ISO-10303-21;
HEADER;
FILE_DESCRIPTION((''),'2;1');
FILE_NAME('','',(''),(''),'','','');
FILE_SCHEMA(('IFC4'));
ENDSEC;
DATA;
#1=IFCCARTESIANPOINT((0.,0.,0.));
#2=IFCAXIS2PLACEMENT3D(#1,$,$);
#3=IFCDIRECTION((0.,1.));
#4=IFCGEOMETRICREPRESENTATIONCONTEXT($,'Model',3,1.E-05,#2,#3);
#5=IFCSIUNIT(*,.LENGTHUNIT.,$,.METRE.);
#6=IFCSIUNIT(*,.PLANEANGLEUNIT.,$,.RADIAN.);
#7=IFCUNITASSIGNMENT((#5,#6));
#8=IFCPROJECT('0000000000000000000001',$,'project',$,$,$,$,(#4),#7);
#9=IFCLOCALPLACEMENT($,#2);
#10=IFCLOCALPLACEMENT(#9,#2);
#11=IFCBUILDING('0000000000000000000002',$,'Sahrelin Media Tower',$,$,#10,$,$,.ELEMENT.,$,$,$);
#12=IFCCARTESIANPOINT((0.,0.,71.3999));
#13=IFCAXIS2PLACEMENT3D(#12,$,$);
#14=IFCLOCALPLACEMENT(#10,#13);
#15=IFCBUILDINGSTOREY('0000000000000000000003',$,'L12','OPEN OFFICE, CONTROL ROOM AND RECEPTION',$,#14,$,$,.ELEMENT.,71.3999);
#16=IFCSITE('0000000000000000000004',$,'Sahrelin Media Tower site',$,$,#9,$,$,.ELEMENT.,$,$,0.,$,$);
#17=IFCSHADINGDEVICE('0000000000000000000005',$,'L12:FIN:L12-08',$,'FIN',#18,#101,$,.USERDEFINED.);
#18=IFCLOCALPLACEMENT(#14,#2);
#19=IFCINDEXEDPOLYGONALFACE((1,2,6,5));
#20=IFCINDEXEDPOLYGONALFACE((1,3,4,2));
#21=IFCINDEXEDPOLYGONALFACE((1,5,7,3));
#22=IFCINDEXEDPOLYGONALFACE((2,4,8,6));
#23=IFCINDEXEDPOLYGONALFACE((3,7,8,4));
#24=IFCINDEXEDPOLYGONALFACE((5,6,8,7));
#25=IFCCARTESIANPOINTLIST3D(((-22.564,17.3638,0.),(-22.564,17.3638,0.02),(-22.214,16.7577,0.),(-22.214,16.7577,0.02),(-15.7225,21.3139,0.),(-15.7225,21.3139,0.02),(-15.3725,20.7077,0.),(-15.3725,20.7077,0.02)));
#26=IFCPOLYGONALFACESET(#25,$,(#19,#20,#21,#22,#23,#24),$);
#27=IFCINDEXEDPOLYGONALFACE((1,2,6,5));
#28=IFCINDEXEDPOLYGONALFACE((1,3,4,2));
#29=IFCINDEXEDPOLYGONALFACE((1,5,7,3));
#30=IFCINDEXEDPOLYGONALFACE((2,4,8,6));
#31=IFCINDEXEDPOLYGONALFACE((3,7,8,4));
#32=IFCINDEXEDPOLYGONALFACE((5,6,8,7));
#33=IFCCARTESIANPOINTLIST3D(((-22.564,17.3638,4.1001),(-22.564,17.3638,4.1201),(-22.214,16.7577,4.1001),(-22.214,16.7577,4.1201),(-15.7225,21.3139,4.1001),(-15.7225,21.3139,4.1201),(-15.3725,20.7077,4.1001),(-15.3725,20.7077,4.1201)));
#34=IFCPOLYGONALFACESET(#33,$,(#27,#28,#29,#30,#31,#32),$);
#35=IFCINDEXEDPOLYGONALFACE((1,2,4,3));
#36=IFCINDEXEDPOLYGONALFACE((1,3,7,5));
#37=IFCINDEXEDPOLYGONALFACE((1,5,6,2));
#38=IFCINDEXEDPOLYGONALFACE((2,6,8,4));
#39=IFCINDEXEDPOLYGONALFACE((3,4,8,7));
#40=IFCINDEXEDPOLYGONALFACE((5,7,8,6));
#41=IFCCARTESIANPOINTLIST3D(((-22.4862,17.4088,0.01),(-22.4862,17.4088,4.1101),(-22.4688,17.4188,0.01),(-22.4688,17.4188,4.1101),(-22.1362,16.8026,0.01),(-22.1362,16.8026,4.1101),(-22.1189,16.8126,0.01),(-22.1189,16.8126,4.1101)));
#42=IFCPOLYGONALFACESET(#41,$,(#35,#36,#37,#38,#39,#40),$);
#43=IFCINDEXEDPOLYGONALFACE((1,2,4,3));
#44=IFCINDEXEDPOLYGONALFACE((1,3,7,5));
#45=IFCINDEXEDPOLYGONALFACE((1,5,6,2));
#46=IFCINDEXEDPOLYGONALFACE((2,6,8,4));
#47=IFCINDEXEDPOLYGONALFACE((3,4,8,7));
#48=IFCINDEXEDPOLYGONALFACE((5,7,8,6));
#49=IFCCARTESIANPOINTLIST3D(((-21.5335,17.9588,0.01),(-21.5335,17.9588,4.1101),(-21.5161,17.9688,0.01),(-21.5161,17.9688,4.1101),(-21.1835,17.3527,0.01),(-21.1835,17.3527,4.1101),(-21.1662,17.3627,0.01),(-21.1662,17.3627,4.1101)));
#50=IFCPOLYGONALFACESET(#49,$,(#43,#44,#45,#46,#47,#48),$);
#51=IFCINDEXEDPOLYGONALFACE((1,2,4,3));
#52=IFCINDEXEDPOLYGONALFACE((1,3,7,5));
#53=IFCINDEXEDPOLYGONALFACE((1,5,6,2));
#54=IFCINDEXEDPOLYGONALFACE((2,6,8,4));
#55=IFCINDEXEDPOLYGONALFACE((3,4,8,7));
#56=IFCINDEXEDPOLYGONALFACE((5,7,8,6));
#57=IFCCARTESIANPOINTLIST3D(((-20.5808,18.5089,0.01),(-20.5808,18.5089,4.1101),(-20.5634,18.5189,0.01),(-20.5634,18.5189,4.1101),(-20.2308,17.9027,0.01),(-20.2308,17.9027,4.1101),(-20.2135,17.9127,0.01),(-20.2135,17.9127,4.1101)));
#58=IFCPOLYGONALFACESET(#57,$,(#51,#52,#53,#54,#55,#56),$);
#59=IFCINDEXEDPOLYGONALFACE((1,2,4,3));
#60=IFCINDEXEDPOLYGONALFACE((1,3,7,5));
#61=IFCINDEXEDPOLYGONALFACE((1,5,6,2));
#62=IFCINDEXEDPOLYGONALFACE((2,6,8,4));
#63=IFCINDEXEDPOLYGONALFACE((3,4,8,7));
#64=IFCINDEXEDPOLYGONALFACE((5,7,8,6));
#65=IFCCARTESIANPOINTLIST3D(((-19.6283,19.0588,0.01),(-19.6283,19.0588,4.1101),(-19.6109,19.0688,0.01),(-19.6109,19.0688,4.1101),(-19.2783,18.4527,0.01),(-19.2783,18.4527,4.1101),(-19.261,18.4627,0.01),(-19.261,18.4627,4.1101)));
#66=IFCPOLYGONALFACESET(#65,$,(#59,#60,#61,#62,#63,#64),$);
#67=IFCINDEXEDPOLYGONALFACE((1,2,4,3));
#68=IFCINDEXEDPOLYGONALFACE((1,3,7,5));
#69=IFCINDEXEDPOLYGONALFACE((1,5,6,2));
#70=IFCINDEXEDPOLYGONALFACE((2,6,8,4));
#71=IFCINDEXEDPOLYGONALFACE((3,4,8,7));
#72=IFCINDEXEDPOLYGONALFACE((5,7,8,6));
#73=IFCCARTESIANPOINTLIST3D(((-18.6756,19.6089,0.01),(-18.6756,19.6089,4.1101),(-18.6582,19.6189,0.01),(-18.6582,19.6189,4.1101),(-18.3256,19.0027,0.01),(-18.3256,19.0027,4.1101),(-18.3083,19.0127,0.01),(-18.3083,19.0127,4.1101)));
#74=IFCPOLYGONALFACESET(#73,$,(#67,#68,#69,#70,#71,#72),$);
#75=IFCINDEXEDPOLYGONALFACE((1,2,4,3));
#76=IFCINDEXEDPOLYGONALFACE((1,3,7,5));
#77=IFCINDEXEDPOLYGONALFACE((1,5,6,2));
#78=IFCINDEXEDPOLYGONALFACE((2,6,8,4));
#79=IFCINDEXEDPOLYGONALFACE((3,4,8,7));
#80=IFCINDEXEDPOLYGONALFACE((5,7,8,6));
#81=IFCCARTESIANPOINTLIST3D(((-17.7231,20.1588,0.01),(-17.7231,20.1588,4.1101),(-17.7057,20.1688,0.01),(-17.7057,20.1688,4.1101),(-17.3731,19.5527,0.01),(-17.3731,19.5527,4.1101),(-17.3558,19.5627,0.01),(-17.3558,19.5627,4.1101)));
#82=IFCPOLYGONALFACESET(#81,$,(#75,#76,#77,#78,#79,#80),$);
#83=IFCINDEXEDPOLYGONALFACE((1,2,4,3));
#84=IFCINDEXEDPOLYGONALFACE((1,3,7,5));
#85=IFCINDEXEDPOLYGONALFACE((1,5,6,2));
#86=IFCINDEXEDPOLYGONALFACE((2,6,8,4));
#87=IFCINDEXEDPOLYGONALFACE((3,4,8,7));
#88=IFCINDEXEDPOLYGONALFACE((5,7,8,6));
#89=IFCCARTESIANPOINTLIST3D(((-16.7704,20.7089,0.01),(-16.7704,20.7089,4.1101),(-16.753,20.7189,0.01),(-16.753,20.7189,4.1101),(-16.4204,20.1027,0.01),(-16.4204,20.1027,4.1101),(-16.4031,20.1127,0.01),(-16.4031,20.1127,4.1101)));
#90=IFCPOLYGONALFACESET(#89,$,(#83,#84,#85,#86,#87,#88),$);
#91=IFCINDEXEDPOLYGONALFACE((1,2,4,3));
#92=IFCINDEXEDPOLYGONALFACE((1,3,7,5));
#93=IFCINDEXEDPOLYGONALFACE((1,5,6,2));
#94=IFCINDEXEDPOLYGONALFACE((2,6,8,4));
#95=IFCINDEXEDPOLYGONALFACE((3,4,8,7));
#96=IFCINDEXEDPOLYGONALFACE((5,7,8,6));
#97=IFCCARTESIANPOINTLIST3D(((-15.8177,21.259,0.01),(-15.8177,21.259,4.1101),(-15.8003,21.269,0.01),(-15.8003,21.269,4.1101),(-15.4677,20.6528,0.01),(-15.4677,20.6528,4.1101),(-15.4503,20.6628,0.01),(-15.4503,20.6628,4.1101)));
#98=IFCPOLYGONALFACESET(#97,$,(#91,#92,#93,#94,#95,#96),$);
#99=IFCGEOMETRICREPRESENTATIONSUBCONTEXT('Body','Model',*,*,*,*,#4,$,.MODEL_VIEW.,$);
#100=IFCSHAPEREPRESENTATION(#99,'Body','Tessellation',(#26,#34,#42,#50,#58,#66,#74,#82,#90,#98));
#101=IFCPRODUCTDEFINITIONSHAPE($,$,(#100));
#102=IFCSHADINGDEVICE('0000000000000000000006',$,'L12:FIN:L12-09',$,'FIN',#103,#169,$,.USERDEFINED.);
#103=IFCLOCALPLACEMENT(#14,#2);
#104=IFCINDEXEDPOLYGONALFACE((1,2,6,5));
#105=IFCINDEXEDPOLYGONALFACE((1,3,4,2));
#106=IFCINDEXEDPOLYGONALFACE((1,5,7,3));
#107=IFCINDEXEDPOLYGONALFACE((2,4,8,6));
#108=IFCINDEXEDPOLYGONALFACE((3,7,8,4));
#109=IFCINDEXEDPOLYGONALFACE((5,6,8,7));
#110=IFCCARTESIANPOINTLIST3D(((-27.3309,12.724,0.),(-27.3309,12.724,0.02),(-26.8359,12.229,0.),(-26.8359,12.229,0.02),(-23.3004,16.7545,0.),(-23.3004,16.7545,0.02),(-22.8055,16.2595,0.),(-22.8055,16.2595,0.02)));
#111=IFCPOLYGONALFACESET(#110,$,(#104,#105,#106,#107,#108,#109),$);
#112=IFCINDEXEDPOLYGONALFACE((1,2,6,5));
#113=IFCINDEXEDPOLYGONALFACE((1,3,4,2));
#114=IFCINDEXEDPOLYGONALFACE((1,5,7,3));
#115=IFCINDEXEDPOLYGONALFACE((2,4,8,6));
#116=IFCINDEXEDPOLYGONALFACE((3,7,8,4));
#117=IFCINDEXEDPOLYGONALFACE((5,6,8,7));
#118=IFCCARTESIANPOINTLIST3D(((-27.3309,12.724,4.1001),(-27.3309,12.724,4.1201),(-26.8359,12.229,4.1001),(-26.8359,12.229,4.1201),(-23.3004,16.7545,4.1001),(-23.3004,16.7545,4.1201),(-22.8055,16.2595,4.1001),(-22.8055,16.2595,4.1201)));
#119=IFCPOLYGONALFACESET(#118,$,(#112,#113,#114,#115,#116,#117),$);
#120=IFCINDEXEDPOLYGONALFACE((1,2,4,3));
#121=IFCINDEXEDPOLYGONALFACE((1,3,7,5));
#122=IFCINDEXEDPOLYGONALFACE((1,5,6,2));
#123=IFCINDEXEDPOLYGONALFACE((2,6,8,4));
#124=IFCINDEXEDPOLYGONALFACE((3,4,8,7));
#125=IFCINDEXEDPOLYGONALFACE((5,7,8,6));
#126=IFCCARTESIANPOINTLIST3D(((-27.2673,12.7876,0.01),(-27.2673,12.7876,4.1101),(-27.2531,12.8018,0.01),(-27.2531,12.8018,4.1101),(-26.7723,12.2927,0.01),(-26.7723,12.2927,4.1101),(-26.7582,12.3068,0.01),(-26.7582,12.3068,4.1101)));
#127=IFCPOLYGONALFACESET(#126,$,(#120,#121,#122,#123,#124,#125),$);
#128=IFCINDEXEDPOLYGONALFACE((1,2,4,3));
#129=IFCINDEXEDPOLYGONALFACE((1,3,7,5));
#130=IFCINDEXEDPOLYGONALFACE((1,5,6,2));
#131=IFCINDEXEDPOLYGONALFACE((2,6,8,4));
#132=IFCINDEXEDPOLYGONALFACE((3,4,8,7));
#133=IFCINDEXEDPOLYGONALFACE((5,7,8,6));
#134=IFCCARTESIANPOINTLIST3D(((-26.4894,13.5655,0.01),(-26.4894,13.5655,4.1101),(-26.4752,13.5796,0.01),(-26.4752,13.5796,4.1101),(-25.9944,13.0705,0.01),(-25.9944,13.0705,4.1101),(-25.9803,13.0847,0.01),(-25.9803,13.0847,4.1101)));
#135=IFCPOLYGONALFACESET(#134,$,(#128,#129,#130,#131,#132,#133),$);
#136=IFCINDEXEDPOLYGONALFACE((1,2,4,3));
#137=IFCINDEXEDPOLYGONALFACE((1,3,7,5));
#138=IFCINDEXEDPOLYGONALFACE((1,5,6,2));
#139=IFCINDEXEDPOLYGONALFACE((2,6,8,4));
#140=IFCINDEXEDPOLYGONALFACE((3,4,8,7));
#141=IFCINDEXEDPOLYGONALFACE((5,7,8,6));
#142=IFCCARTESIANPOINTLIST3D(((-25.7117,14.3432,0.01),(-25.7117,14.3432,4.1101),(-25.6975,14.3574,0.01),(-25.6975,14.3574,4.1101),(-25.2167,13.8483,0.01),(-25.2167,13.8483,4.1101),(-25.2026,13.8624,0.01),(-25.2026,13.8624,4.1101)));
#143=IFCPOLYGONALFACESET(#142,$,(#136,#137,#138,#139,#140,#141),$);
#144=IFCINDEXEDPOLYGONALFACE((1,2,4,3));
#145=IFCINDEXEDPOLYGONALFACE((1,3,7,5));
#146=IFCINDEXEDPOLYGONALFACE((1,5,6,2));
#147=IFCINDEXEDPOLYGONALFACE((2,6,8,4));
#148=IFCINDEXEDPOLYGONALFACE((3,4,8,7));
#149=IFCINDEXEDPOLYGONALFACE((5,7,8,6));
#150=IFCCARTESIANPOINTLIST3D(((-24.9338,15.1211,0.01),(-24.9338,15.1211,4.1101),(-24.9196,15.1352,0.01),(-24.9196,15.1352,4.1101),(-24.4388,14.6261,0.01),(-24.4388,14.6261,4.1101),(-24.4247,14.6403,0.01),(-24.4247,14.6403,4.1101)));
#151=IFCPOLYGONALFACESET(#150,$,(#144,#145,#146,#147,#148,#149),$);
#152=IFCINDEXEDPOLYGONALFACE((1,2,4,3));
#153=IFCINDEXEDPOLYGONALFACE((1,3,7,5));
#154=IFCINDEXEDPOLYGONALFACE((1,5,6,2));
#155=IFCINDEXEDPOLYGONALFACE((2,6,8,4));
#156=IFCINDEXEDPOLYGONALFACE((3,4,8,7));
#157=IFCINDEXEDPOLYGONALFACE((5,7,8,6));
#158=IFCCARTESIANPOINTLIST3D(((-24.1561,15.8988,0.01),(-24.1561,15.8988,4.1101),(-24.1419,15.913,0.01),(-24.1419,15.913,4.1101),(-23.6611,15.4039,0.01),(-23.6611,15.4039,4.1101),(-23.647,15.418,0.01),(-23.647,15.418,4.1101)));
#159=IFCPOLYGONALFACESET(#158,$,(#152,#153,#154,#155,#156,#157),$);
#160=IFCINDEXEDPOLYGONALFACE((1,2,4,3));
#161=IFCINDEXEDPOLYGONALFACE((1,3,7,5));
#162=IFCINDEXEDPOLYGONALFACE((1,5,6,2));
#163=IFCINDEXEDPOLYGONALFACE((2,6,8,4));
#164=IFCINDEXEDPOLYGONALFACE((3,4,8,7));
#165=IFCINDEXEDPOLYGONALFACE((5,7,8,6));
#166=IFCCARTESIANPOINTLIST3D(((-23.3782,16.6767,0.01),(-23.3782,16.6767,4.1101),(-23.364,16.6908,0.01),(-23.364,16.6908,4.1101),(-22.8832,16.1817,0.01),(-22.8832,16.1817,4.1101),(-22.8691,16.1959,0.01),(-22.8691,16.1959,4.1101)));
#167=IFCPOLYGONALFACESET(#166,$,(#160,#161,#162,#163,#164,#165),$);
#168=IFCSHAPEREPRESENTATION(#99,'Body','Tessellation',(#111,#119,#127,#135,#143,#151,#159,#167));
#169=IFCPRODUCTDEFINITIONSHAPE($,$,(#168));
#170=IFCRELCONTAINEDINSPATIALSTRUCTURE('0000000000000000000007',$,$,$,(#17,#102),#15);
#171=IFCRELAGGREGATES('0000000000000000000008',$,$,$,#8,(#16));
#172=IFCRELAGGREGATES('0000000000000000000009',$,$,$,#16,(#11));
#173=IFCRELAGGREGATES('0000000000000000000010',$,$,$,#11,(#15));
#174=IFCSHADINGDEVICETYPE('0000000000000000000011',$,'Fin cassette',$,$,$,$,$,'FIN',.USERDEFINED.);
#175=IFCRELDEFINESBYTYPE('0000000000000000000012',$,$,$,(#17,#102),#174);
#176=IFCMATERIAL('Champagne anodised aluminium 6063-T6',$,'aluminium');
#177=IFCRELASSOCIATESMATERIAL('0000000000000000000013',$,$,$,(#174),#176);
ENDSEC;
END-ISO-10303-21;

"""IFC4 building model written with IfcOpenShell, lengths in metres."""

from ifc_helpers import new_model, si_unit, direction, frame, origin, origin_2d, place, context, subcontext, project, spatial, rectangle, extrude, material, type_object, element, save


model = new_model("IFC4")

# Units and contexts
model_context = context("Model", 3, precision=1e-05, world=origin(), true_north=direction((0.0, 1.0)))
body_context = subcontext(model_context, "Body", "Model", "MODEL_VIEW")
ifc_project = project(units=[si_unit("LENGTHUNIT", "METRE"), si_unit("PLANEANGLEUNIT", "RADIAN")], contexts=[model_context])

# Site, building, storey
site_placement = place(None, origin())
site = spatial("IfcSite", under=ifc_project, at=site_placement, Name="Sahrelin Media Tower site", CompositionType="ELEMENT", RefElevation=0.0)
building_placement = place(site_placement, origin())
building = spatial("IfcBuilding", under=site, at=building_placement, Name="Sahrelin Media Tower", CompositionType="ELEMENT")
storey_placement = place(building_placement, frame((0.0, 0.0, 71.3999)))
storey = spatial("IfcBuildingStorey", under=building, at=storey_placement, Name="L12", Description="OPEN OFFICE, CONTROL ROOM AND RECEPTION", CompositionType="ELEMENT", Elevation=71.3999)

# Shared definitions
ifc_material_1 = material(Name="Champagne anodised aluminium 6063-T6", Category="aluminium")

# Shading devices
shading_device_type_1 = type_object("IfcShadingDeviceType", Name="Fin cassette", ElementType="FIN", PredefinedType="USERDEFINED", material=ifc_material_1)
placement_1 = place(storey_placement, frame((-18.7583, 18.6721, 0.0), z_axis=(0.0, 0.0, 1.0), x_axis=(0.866019, 0.500011, 0.0)))
element("IfcShadingDevice", 1, at=placement_1, inside=storey, type_object=shading_device_type_1, Name="L12:FIN:L12-08", ObjectType="FIN", PredefinedType="USERDEFINED", context=body_context, shape_type="SweptSolid", body=[
    extrude(rectangle(XDim=7.8999, YDim=0.7, at=origin_2d()), frame((0.0, 0.4199, 0.0)), (0.0, 0.0, 1.0), 0.02),
    extrude(rectangle(XDim=7.8999, YDim=0.7, at=origin_2d()), frame((0.0, 0.4199, 4.1001)), (0.0, 0.0, 1.0), 0.02),
    extrude(rectangle(XDim=0.02, YDim=0.7, at=origin_2d()), frame((-3.8501, 0.4199, 0.01), z_axis=(0.0, 0.0, 1.0), x_axis=(1.0, 0.0, 0.0)), (0.0, 0.0, 1.0), 4.1001),
    extrude(rectangle(XDim=0.02, YDim=0.7, at=origin_2d()), frame((-2.75, 0.4199, 0.01), z_axis=(0.0, 0.0, 1.0), x_axis=(1.0, 0.0, 0.0)), (0.0, 0.0, 1.0), 4.1001),
    extrude(rectangle(XDim=0.02, YDim=0.7, at=origin_2d()), frame((-1.6499, 0.4199, 0.01), z_axis=(0.0, 0.0, 1.0), x_axis=(1.0, 0.0, 0.0)), (0.0, 0.0, 1.0), 4.1001),
    extrude(rectangle(XDim=0.02, YDim=0.7, at=origin_2d()), frame((-0.55, 0.4199, 0.01), z_axis=(0.0, 0.0, 1.0), x_axis=(1.0, 0.0, 0.0)), (0.0, 0.0, 1.0), 4.1001),
    extrude(rectangle(XDim=0.02, YDim=0.7, at=origin_2d()), frame((0.55, 0.4199, 0.01), z_axis=(0.0, 0.0, 1.0), x_axis=(1.0, 0.0, 0.0)), (0.0, 0.0, 1.0), 4.1001),
    extrude(rectangle(XDim=0.02, YDim=0.7, at=origin_2d()), frame((1.6499, 0.4199, 0.01), z_axis=(0.0, 0.0, 1.0), x_axis=(1.0, 0.0, 0.0)), (0.0, 0.0, 1.0), 4.1001),
    extrude(rectangle(XDim=0.02, YDim=0.7, at=origin_2d()), frame((2.75, 0.4199, 0.01), z_axis=(0.0, 0.0, 1.0), x_axis=(1.0, 0.0, 0.0)), (0.0, 0.0, 1.0), 4.1001),
    extrude(rectangle(XDim=0.02, YDim=0.7, at=origin_2d()), frame((3.8501, 0.4199, 0.01), z_axis=(0.0, 0.0, 1.0), x_axis=(1.0, 0.0, 0.0)), (0.0, 0.0, 1.0), 4.1001),
])
placement_2 = place(storey_placement, frame((-24.7712, 14.1948, 0.0), z_axis=(0.0, 0.0, 1.0), x_axis=(0.707107, 0.707107, 0.0)))
element("IfcShadingDevice", 2, at=placement_2, inside=storey, type_object=shading_device_type_1, Name="L12:FIN:L12-09", ObjectType="FIN", PredefinedType="USERDEFINED", context=body_context, shape_type="SweptSolid", body=[
    extrude(rectangle(XDim=5.7, YDim=0.7, at=origin_2d()), frame((0.0, 0.4199, 0.0)), (0.0, 0.0, 1.0), 0.02),
    extrude(rectangle(XDim=5.7, YDim=0.7, at=origin_2d()), frame((0.0, 0.4199, 4.1001)), (0.0, 0.0, 1.0), 0.02),
    extrude(rectangle(XDim=0.02, YDim=0.7, at=origin_2d()), frame((-2.75, 0.4199, 0.01), z_axis=(0.0, 0.0, 1.0), x_axis=(1.0, 0.0, 0.0)), (0.0, 0.0, 1.0), 4.1001),
    extrude(rectangle(XDim=0.02, YDim=0.7, at=origin_2d()), frame((-1.6499, 0.4199, 0.01), z_axis=(0.0, 0.0, 1.0), x_axis=(1.0, 0.0, 0.0)), (0.0, 0.0, 1.0), 4.1001),
    extrude(rectangle(XDim=0.02, YDim=0.7, at=origin_2d()), frame((-0.55, 0.4199, 0.01), z_axis=(0.0, 0.0, 1.0), x_axis=(1.0, 0.0, 0.0)), (0.0, 0.0, 1.0), 4.1001),
    extrude(rectangle(XDim=0.02, YDim=0.7, at=origin_2d()), frame((0.55, 0.4199, 0.01), z_axis=(0.0, 0.0, 1.0), x_axis=(1.0, 0.0, 0.0)), (0.0, 0.0, 1.0), 4.1001),
    extrude(rectangle(XDim=0.02, YDim=0.7, at=origin_2d()), frame((1.6499, 0.4199, 0.01), z_axis=(0.0, 0.0, 1.0), x_axis=(1.0, 0.0, 0.0)), (0.0, 0.0, 1.0), 4.1001),
    extrude(rectangle(XDim=0.02, YDim=0.7, at=origin_2d()), frame((2.75, 0.4199, 0.01), z_axis=(0.0, 0.0, 1.0), x_axis=(1.0, 0.0, 0.0)), (0.0, 0.0, 1.0), 4.1001),
])

save(model, "model.ifc")
